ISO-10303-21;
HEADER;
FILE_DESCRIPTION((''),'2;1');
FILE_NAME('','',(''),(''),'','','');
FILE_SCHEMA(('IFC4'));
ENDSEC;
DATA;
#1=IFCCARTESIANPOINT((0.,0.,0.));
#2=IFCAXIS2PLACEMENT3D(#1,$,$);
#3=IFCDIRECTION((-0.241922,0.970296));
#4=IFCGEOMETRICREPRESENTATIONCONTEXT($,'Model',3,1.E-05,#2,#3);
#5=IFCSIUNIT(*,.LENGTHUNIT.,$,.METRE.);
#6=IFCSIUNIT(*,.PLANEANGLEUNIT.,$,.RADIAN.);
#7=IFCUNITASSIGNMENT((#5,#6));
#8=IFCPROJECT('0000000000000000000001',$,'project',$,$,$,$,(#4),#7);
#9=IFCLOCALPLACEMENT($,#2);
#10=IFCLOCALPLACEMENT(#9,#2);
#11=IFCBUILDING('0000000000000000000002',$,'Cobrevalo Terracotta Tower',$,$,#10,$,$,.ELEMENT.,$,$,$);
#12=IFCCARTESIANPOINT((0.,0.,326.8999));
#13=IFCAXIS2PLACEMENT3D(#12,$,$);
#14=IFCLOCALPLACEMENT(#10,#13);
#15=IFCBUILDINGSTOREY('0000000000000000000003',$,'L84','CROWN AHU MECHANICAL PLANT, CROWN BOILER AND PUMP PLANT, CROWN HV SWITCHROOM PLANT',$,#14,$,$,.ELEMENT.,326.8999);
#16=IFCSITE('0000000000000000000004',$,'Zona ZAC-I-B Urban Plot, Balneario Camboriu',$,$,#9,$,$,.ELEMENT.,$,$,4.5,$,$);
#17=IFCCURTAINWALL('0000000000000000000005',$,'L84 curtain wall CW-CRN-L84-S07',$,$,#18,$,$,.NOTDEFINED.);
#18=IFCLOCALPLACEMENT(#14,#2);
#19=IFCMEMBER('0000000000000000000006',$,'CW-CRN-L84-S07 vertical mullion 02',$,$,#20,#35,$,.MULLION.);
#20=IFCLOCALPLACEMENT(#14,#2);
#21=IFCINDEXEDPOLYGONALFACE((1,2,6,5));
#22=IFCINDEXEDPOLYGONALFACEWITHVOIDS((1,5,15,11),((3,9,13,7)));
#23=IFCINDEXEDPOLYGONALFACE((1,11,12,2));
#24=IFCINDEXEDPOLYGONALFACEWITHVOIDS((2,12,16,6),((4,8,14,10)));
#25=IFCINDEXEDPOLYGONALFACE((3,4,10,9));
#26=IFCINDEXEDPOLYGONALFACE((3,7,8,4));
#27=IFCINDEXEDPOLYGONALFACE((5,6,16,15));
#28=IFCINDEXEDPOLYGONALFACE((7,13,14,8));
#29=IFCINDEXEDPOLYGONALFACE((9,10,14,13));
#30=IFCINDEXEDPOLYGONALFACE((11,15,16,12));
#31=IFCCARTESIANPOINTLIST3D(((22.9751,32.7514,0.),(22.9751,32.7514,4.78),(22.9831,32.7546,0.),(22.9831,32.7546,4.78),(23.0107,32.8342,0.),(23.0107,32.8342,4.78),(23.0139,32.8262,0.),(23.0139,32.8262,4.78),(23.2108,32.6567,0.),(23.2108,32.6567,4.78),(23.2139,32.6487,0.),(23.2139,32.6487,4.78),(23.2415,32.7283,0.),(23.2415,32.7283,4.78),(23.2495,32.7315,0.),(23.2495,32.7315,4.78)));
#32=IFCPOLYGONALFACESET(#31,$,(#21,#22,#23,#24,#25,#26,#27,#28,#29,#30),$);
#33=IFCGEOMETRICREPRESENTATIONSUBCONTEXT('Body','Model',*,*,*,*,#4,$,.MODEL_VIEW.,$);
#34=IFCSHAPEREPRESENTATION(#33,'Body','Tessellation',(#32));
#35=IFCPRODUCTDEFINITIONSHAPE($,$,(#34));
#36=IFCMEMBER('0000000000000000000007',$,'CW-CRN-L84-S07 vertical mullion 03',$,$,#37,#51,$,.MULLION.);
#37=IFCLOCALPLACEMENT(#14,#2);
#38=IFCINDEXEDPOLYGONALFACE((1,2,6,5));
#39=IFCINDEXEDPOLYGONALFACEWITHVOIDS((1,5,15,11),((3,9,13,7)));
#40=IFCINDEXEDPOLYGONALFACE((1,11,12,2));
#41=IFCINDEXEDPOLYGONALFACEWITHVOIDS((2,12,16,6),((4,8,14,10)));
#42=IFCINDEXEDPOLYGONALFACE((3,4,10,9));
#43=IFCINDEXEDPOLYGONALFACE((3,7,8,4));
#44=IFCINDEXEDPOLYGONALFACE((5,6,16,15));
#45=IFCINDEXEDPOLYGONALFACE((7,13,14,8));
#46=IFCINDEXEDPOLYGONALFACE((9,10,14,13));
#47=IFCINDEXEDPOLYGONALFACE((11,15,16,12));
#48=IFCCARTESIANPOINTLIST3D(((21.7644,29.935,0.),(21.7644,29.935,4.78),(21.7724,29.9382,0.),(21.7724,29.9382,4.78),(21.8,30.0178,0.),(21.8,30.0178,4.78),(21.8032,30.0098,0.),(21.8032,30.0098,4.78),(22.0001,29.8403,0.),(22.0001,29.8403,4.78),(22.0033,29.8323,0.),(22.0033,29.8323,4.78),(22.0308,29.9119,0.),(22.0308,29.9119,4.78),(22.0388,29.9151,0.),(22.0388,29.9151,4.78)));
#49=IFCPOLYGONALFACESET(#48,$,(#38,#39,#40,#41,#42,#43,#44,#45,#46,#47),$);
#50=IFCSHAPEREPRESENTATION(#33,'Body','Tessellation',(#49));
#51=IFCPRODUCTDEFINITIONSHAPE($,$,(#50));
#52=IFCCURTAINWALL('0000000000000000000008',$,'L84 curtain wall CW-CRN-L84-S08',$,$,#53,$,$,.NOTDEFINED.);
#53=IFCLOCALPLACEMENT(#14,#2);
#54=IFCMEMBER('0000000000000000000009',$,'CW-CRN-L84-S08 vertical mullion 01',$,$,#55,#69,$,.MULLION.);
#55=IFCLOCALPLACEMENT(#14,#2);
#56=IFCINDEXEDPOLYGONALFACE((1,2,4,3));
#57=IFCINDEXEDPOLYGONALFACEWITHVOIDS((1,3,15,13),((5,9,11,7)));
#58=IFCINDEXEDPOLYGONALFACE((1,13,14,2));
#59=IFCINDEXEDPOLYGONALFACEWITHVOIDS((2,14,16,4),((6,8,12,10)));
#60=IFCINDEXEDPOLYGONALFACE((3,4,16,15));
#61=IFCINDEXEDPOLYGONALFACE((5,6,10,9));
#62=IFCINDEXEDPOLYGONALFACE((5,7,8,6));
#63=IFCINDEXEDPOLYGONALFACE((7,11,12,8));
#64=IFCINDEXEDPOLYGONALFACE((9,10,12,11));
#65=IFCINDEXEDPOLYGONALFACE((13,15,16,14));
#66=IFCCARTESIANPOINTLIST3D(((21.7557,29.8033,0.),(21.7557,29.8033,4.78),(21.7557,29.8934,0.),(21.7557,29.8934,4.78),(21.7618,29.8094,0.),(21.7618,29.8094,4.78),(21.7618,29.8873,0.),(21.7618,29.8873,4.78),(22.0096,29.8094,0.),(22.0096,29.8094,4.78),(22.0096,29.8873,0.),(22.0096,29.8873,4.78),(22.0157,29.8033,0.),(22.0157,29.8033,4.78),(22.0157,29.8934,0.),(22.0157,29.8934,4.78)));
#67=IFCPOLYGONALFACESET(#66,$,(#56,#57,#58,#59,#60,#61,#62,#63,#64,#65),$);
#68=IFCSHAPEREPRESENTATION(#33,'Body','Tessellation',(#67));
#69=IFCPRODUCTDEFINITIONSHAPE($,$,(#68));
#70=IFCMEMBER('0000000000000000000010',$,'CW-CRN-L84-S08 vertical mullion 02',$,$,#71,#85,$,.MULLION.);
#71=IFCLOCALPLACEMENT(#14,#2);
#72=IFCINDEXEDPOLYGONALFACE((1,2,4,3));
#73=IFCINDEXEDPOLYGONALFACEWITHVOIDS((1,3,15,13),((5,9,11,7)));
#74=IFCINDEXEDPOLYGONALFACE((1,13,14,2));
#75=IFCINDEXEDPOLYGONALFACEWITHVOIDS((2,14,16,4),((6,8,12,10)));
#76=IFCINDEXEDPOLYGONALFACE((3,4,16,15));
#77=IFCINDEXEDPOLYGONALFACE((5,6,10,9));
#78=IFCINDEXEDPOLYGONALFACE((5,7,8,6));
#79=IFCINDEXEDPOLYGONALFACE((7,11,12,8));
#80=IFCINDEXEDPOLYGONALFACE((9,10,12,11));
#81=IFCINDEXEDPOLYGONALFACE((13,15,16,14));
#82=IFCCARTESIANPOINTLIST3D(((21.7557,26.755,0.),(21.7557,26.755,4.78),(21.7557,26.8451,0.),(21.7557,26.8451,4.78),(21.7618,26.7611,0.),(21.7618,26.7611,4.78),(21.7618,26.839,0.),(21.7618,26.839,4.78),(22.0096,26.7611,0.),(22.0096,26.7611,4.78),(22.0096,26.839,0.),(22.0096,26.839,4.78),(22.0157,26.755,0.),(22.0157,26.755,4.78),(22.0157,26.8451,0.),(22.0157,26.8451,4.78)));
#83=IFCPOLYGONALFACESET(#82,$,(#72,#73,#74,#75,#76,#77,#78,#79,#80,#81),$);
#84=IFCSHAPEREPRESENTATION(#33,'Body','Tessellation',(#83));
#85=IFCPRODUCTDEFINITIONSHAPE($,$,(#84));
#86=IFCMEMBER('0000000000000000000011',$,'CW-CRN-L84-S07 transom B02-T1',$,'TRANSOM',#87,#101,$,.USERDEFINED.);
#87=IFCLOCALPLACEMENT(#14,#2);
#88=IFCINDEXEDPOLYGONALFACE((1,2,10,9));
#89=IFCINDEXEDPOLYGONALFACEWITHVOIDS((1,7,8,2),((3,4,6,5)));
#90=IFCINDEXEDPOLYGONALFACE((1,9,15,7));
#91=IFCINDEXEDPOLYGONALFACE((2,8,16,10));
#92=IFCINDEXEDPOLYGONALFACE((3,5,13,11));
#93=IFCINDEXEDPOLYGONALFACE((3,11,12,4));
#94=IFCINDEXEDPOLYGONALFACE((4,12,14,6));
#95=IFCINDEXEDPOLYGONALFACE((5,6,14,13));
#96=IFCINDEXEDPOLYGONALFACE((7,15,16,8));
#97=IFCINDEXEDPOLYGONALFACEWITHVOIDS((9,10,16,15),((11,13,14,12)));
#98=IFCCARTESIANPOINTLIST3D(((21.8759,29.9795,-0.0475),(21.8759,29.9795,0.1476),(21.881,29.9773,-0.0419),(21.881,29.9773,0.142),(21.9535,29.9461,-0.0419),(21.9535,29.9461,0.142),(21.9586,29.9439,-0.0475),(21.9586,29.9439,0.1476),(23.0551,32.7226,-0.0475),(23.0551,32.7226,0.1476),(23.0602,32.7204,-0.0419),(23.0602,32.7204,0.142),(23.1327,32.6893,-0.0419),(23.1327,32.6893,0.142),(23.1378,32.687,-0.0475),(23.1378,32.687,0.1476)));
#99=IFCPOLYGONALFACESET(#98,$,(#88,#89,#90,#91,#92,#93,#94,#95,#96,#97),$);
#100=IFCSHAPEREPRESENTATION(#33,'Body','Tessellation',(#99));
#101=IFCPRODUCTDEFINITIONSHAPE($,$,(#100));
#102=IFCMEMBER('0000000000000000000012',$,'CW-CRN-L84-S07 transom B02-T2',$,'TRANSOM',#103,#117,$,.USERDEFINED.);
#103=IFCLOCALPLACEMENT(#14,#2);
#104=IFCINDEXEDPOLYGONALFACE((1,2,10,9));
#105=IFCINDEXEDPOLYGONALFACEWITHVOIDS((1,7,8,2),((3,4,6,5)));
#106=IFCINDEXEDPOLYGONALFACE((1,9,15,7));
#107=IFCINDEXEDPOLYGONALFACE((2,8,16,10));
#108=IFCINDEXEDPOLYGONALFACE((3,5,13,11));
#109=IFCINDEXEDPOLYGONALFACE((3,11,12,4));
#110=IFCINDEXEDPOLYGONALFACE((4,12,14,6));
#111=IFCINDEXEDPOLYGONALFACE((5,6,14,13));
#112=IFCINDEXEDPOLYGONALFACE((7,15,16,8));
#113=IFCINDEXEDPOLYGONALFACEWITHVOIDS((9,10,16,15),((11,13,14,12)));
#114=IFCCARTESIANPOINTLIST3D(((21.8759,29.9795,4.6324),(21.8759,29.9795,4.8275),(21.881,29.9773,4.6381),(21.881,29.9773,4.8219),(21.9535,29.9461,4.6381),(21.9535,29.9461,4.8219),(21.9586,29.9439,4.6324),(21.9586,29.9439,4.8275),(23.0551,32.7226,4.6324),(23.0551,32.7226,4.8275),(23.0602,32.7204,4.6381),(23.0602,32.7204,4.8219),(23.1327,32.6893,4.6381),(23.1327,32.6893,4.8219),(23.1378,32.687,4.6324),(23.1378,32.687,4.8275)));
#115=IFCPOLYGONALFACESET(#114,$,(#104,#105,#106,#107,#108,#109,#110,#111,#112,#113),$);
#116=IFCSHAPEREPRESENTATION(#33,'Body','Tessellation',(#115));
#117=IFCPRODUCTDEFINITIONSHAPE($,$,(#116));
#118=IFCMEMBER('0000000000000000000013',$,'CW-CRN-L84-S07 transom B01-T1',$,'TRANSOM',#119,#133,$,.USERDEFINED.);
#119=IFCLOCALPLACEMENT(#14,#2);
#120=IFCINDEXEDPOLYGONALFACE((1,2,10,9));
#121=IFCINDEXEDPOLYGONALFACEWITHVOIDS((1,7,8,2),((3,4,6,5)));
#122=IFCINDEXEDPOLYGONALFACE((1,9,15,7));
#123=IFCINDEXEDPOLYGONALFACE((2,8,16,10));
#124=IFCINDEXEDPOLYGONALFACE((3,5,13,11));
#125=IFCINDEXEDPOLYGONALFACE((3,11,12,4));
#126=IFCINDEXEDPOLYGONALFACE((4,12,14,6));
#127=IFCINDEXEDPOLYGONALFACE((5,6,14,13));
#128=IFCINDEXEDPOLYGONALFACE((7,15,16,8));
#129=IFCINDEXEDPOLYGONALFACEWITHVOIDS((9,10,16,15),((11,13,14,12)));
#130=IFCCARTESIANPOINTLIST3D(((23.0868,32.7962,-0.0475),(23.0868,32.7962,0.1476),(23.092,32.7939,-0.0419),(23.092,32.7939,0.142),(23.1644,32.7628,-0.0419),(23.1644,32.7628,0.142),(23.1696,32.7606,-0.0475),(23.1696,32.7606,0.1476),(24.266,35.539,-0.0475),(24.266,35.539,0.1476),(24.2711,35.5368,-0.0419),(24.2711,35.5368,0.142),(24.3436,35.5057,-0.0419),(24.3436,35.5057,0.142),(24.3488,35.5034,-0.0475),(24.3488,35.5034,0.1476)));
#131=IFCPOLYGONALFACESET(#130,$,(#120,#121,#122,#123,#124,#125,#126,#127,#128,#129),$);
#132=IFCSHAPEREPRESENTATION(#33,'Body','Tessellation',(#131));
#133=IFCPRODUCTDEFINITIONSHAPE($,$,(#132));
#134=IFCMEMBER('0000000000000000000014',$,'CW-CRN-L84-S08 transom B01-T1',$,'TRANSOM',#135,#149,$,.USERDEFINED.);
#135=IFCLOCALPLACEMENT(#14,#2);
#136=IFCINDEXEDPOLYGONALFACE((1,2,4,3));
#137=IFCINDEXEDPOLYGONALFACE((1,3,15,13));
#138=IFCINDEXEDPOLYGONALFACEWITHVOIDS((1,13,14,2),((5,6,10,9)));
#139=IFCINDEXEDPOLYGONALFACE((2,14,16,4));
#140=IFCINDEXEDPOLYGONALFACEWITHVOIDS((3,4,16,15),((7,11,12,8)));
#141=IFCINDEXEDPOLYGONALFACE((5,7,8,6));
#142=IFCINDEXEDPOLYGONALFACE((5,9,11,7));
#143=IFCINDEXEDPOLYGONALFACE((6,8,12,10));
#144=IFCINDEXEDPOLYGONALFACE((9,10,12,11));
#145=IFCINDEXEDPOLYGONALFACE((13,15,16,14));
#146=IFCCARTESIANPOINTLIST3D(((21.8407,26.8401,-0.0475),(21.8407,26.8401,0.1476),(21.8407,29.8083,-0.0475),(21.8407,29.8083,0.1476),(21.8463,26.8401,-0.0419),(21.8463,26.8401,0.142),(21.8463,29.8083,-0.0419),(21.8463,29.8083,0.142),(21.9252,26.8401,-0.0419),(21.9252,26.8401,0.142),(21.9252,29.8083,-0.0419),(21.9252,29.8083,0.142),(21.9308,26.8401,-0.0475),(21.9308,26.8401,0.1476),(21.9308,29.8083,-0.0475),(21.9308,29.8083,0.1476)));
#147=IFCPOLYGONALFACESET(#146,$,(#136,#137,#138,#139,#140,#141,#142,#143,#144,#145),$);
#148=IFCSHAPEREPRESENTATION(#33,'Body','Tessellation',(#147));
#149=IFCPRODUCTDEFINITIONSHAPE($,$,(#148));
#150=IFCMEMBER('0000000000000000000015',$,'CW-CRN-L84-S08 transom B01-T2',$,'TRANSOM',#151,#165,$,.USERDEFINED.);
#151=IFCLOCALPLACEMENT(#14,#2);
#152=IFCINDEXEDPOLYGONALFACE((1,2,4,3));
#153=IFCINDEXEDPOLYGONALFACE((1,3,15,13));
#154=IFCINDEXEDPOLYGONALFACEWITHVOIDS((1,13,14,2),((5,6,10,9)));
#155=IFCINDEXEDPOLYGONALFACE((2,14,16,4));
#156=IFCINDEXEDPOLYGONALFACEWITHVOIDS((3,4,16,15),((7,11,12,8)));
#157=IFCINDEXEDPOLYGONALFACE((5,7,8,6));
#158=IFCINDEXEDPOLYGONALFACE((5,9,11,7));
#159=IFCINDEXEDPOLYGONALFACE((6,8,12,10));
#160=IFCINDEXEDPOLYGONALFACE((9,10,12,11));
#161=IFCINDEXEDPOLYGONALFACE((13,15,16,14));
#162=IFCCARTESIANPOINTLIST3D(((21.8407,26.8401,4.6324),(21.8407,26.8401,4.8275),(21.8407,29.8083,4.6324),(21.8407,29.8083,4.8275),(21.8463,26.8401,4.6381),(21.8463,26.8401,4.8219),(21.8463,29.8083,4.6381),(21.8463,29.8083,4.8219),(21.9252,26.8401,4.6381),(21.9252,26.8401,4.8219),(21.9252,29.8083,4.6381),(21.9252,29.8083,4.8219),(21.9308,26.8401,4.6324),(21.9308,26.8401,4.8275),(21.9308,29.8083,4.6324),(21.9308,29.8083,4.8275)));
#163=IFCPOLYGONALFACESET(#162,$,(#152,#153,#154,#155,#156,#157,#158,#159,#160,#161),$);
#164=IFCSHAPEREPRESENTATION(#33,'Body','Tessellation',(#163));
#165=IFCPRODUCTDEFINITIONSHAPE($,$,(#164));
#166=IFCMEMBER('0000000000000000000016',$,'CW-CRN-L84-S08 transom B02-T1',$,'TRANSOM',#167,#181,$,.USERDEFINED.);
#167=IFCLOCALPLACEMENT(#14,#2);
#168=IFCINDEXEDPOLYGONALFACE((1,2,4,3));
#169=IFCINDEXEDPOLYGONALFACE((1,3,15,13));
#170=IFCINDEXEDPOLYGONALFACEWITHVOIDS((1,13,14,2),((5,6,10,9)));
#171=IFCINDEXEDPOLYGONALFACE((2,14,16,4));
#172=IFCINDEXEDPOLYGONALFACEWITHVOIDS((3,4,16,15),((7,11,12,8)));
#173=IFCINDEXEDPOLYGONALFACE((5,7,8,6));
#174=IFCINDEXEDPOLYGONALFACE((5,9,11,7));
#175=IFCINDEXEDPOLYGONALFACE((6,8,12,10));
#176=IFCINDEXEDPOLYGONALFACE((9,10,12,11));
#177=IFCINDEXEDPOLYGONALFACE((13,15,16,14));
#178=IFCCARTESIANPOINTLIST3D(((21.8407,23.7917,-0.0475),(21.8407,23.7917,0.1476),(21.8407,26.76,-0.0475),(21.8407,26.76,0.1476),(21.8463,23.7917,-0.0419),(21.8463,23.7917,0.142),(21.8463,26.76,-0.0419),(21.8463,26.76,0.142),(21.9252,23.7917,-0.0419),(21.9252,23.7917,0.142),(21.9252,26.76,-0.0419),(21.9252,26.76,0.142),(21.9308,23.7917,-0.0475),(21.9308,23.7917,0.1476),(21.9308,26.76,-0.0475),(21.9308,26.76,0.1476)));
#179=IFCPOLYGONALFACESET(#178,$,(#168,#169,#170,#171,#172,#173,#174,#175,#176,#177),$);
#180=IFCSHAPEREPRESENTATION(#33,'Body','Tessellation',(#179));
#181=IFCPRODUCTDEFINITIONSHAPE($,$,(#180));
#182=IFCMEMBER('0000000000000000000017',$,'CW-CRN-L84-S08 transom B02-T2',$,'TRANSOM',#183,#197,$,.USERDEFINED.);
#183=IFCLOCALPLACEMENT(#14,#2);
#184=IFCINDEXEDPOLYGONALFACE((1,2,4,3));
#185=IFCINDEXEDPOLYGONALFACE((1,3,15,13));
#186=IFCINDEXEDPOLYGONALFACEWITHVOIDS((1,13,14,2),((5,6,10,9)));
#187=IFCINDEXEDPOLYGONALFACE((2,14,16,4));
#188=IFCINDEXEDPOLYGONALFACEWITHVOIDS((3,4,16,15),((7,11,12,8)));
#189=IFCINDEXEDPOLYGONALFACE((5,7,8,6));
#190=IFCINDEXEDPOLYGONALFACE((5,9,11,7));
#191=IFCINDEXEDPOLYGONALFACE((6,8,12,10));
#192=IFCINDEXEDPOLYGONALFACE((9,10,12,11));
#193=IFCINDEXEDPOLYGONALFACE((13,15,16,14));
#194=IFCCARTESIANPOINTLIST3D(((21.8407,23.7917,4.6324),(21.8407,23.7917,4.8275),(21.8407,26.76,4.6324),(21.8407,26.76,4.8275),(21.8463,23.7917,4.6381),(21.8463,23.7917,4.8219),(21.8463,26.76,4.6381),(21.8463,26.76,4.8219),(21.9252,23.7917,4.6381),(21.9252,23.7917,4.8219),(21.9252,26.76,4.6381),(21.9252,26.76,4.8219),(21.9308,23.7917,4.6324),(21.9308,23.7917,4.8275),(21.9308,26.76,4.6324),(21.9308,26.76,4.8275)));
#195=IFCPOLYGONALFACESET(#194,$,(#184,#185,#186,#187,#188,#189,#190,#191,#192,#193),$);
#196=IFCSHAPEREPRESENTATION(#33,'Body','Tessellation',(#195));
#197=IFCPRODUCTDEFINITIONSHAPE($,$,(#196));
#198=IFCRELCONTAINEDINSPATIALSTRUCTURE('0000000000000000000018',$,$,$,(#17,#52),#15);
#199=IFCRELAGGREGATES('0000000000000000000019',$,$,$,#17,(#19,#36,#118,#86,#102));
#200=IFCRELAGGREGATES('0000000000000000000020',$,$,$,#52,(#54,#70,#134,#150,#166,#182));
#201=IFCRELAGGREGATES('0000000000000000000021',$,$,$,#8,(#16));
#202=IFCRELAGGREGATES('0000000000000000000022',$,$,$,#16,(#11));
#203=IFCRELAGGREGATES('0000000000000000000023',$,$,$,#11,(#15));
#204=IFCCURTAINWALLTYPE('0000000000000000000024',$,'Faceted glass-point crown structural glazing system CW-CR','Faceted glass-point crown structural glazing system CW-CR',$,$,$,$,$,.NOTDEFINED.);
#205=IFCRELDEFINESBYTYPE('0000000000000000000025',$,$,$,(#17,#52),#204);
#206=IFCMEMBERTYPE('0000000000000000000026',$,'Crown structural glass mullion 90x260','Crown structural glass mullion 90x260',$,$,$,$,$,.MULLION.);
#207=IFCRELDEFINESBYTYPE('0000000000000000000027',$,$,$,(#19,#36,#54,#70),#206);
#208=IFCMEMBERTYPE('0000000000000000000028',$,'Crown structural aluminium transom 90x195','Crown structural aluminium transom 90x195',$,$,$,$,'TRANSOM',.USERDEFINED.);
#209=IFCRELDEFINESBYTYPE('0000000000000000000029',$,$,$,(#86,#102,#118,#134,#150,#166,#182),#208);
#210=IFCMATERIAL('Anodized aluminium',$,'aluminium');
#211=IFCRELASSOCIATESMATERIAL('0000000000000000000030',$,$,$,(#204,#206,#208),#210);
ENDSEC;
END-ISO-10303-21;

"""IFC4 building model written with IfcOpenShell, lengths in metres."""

from ifc_helpers import new_model, si_unit, direction, frame, origin, origin_2d, place, context, subcontext, project, spatial, hollow_rectangle, extrude, source, transform, mapped, material, material_profile, profile_set, type_object, element, aggregate, save


model = new_model("IFC4")

# Units and contexts
model_context = context("Model", 3, precision=1e-05, world=origin(), true_north=direction((-0.241922, 0.970296)))
body_context = subcontext(model_context, "Body", "Model", "MODEL_VIEW")
ifc_project = project(units=[si_unit("LENGTHUNIT", "METRE"), si_unit("PLANEANGLEUNIT", "RADIAN")], contexts=[model_context])

# Site, building, storey
site_placement = place(None, origin())
site = spatial("IfcSite", under=ifc_project, at=site_placement, Name="Zona ZAC-I-B Urban Plot, Balneario Camboriu", CompositionType="ELEMENT", RefElevation=4.5)
building_placement = place(site_placement, origin())
building = spatial("IfcBuilding", under=site, at=building_placement, Name="Cobrevalo Terracotta Tower", CompositionType="ELEMENT")
storey_placement = place(building_placement, frame((0.0, 0.0, 326.8999)))
storey = spatial("IfcBuildingStorey", under=building, at=storey_placement, Name="L84", Description="CROWN AHU MECHANICAL PLANT, CROWN BOILER AND PUMP PLANT, CROWN HV SWITCHROOM PLANT", CompositionType="ELEMENT", Elevation=326.8999)

# Curtain walls, members
ifc_material_1 = material(Name="Anodized aluminium", Category="aluminium")
curtain_wall_type = type_object("IfcCurtainWallType", Name="Faceted glass-point crown structural glazing system CW-CR", Description="Faceted glass-point crown structural glazing system CW-CR", PredefinedType="NOTDEFINED", material=ifc_material_1)
curtain_wall_1_placement = place(storey_placement, origin())
curtain_wall_1 = element("IfcCurtainWall", 1, at=curtain_wall_1_placement, inside=storey, type_object=curtain_wall_type, Name="L84 curtain wall CW-CRN-L84-S07", PredefinedType="NOTDEFINED")
ifc_material_profile_1 = material_profile(ifc_material_1, hollow_rectangle(XDim=0.0901, YDim=0.26, WallThickness=0.0061, at=origin_2d()), Name="CWM 90x260")
ifc_profile_set_1 = profile_set([ifc_material_profile_1], Name="Anodized aluminium")
member_type_1 = type_object("IfcMemberType", Name="Crown structural glass mullion 90x260", Description="Crown structural glass mullion 90x260", PredefinedType="MULLION", material=ifc_profile_set_1)
shared_shape_1 = source(origin(), body_context, "Body", "SweptSolid", [
    extrude(hollow_rectangle(XDim=0.0901, YDim=0.26, WallThickness=0.0061, at=origin_2d()), origin(), (0.0, 0.0, 1.0), 4.78),
])
member_1_placement = place(storey_placement, frame((23.1123, 32.7415, 0.0), z_axis=(0.0, 0.0, 1.0), x_axis=(-0.394968, -0.918695, 0.0)))
member_1 = element("IfcMember", 2, at=member_1_placement, type_object=member_type_1, Name="CW-CRN-L84-S07 vertical mullion 02", PredefinedType="MULLION", context=body_context, shape_type="MappedRepresentation", body=[
    mapped(shared_shape_1, transform((0.0, 0.0, 0.0), scale=1.0)),
])
member_2_placement = place(storey_placement, frame((21.9016, 29.925, 0.0), z_axis=(0.0, 0.0, 1.0), x_axis=(-0.394968, -0.918695, 0.0)))
member_2 = element("IfcMember", 3, at=member_2_placement, type_object=member_type_1, Name="CW-CRN-L84-S07 vertical mullion 03", PredefinedType="MULLION", context=body_context, shape_type="MappedRepresentation", body=[
    mapped(shared_shape_1, transform((0.0, 0.0, 0.0), scale=1.0)),
])
curtain_wall_2_placement = place(storey_placement, origin())
curtain_wall_2 = element("IfcCurtainWall", 4, at=curtain_wall_2_placement, inside=storey, type_object=curtain_wall_type, Name="L84 curtain wall CW-CRN-L84-S08", PredefinedType="NOTDEFINED")
member_3_placement = place(storey_placement, frame((21.8857, 29.8484, 0.0), z_axis=(0.0, 0.0, 1.0), x_axis=(0.0, -1.0, 0.0)))
member_3 = element("IfcMember", 5, at=member_3_placement, type_object=member_type_1, Name="CW-CRN-L84-S08 vertical mullion 01", PredefinedType="MULLION", context=body_context, shape_type="MappedRepresentation", body=[
    mapped(shared_shape_1, transform((0.0, 0.0, 0.0), scale=1.0)),
])
member_4_placement = place(storey_placement, frame((21.8857, 26.8, 0.0), z_axis=(0.0, 0.0, 1.0), x_axis=(0.0, -1.0, 0.0)))
member_4 = element("IfcMember", 6, at=member_4_placement, type_object=member_type_1, Name="CW-CRN-L84-S08 vertical mullion 02", PredefinedType="MULLION", context=body_context, shape_type="MappedRepresentation", body=[
    mapped(shared_shape_1, transform((0.0, 0.0, 0.0), scale=1.0)),
])

# Members
ifc_material_profile_2 = material_profile(ifc_material_1, hollow_rectangle(XDim=0.0901, YDim=0.1951, WallThickness=0.0056, at=origin_2d()), Name="CWT 90x195")
ifc_profile_set_2 = profile_set([ifc_material_profile_2], Name="Anodized aluminium")
member_type_2 = type_object("IfcMemberType", Name="Crown structural aluminium transom 90x195", Description="Crown structural aluminium transom 90x195", ElementType="TRANSOM", PredefinedType="USERDEFINED", material=ifc_profile_set_2)
shared_shape_2 = source(origin(), body_context, "Body", "SweptSolid", [
    extrude(hollow_rectangle(XDim=0.0901, YDim=0.1951, WallThickness=0.0056, at=origin_2d()), origin(), (0.0, 0.0, 1.0), 2.9858),
])
member_5_placement = place(storey_placement, frame((23.0964, 32.7048, 0.05), z_axis=(-0.394926, -0.918713, 0.0), x_axis=(0.918713, -0.394926, 0.0)))
member_5 = element("IfcMember", 7, at=member_5_placement, type_object=member_type_2, Name="CW-CRN-L84-S07 transom B02-T1", ObjectType="TRANSOM", PredefinedType="USERDEFINED", context=body_context, shape_type="MappedRepresentation", body=[
    mapped(shared_shape_2, transform((0.0, 0.0, 0.0), scale=1.0)),
])
member_6_placement = place(storey_placement, frame((23.0964, 32.7048, 4.73), z_axis=(-0.394926, -0.918713, 0.0), x_axis=(0.918713, -0.394926, 0.0)))
member_6 = element("IfcMember", 8, at=member_6_placement, type_object=member_type_2, Name="CW-CRN-L84-S07 transom B02-T2", ObjectType="TRANSOM", PredefinedType="USERDEFINED", context=body_context, shape_type="MappedRepresentation", body=[
    mapped(shared_shape_2, transform((0.0, 0.0, 0.0), scale=1.0)),
])
shared_shape_3 = source(origin(), body_context, "Body", "SweptSolid", [
    extrude(hollow_rectangle(XDim=0.0901, YDim=0.1951, WallThickness=0.0056, at=origin_2d()), origin(), (0.0, 0.0, 1.0), 2.9856),
])
member_7_placement = place(storey_placement, frame((24.3074, 35.5212, 0.05), z_axis=(-0.394955, -0.9187, 0.0), x_axis=(0.9187, -0.394955, 0.0)))
member_7 = element("IfcMember", 9, at=member_7_placement, type_object=member_type_2, Name="CW-CRN-L84-S07 transom B01-T1", ObjectType="TRANSOM", PredefinedType="USERDEFINED", context=body_context, shape_type="MappedRepresentation", body=[
    mapped(shared_shape_3, transform((0.0, 0.0, 0.0), scale=1.0)),
])
shared_shape_4 = source(origin(), body_context, "Body", "SweptSolid", [
    extrude(hollow_rectangle(XDim=0.0901, YDim=0.1951, WallThickness=0.0056, at=origin_2d()), origin(), (0.0, 0.0, 1.0), 2.9683),
])
member_8_placement = place(storey_placement, frame((21.8857, 29.8083, 0.05), z_axis=(0.0, -1.0, 0.0), x_axis=(1.0, 0.0, 0.0)))
member_8 = element("IfcMember", 10, at=member_8_placement, type_object=member_type_2, Name="CW-CRN-L84-S08 transom B01-T1", ObjectType="TRANSOM", PredefinedType="USERDEFINED", context=body_context, shape_type="MappedRepresentation", body=[
    mapped(shared_shape_4, transform((0.0, 0.0, 0.0), scale=1.0)),
])
member_9_placement = place(storey_placement, frame((21.8857, 29.8083, 4.73), z_axis=(0.0, -1.0, 0.0), x_axis=(1.0, 0.0, 0.0)))
member_9 = element("IfcMember", 11, at=member_9_placement, type_object=member_type_2, Name="CW-CRN-L84-S08 transom B01-T2", ObjectType="TRANSOM", PredefinedType="USERDEFINED", context=body_context, shape_type="MappedRepresentation", body=[
    mapped(shared_shape_4, transform((0.0, 0.0, 0.0), scale=1.0)),
])
member_10_placement = place(storey_placement, frame((21.8857, 26.76, 0.05), z_axis=(0.0, -1.0, 0.0), x_axis=(1.0, 0.0, 0.0)))
member_10 = element("IfcMember", 12, at=member_10_placement, type_object=member_type_2, Name="CW-CRN-L84-S08 transom B02-T1", ObjectType="TRANSOM", PredefinedType="USERDEFINED", context=body_context, shape_type="MappedRepresentation", body=[
    mapped(shared_shape_4, transform((0.0, 0.0, 0.0), scale=1.0)),
])
member_11_placement = place(storey_placement, frame((21.8857, 26.76, 4.73), z_axis=(0.0, -1.0, 0.0), x_axis=(1.0, 0.0, 0.0)))
member_11 = element("IfcMember", 13, at=member_11_placement, type_object=member_type_2, Name="CW-CRN-L84-S08 transom B02-T2", ObjectType="TRANSOM", PredefinedType="USERDEFINED", context=body_context, shape_type="MappedRepresentation", body=[
    mapped(shared_shape_4, transform((0.0, 0.0, 0.0), scale=1.0)),
])

aggregate(curtain_wall_1, [member_1, member_2, member_7, member_5, member_6])
aggregate(curtain_wall_2, [member_3, member_4, member_8, member_9, member_10, member_11])

save(model, "model.ifc")
